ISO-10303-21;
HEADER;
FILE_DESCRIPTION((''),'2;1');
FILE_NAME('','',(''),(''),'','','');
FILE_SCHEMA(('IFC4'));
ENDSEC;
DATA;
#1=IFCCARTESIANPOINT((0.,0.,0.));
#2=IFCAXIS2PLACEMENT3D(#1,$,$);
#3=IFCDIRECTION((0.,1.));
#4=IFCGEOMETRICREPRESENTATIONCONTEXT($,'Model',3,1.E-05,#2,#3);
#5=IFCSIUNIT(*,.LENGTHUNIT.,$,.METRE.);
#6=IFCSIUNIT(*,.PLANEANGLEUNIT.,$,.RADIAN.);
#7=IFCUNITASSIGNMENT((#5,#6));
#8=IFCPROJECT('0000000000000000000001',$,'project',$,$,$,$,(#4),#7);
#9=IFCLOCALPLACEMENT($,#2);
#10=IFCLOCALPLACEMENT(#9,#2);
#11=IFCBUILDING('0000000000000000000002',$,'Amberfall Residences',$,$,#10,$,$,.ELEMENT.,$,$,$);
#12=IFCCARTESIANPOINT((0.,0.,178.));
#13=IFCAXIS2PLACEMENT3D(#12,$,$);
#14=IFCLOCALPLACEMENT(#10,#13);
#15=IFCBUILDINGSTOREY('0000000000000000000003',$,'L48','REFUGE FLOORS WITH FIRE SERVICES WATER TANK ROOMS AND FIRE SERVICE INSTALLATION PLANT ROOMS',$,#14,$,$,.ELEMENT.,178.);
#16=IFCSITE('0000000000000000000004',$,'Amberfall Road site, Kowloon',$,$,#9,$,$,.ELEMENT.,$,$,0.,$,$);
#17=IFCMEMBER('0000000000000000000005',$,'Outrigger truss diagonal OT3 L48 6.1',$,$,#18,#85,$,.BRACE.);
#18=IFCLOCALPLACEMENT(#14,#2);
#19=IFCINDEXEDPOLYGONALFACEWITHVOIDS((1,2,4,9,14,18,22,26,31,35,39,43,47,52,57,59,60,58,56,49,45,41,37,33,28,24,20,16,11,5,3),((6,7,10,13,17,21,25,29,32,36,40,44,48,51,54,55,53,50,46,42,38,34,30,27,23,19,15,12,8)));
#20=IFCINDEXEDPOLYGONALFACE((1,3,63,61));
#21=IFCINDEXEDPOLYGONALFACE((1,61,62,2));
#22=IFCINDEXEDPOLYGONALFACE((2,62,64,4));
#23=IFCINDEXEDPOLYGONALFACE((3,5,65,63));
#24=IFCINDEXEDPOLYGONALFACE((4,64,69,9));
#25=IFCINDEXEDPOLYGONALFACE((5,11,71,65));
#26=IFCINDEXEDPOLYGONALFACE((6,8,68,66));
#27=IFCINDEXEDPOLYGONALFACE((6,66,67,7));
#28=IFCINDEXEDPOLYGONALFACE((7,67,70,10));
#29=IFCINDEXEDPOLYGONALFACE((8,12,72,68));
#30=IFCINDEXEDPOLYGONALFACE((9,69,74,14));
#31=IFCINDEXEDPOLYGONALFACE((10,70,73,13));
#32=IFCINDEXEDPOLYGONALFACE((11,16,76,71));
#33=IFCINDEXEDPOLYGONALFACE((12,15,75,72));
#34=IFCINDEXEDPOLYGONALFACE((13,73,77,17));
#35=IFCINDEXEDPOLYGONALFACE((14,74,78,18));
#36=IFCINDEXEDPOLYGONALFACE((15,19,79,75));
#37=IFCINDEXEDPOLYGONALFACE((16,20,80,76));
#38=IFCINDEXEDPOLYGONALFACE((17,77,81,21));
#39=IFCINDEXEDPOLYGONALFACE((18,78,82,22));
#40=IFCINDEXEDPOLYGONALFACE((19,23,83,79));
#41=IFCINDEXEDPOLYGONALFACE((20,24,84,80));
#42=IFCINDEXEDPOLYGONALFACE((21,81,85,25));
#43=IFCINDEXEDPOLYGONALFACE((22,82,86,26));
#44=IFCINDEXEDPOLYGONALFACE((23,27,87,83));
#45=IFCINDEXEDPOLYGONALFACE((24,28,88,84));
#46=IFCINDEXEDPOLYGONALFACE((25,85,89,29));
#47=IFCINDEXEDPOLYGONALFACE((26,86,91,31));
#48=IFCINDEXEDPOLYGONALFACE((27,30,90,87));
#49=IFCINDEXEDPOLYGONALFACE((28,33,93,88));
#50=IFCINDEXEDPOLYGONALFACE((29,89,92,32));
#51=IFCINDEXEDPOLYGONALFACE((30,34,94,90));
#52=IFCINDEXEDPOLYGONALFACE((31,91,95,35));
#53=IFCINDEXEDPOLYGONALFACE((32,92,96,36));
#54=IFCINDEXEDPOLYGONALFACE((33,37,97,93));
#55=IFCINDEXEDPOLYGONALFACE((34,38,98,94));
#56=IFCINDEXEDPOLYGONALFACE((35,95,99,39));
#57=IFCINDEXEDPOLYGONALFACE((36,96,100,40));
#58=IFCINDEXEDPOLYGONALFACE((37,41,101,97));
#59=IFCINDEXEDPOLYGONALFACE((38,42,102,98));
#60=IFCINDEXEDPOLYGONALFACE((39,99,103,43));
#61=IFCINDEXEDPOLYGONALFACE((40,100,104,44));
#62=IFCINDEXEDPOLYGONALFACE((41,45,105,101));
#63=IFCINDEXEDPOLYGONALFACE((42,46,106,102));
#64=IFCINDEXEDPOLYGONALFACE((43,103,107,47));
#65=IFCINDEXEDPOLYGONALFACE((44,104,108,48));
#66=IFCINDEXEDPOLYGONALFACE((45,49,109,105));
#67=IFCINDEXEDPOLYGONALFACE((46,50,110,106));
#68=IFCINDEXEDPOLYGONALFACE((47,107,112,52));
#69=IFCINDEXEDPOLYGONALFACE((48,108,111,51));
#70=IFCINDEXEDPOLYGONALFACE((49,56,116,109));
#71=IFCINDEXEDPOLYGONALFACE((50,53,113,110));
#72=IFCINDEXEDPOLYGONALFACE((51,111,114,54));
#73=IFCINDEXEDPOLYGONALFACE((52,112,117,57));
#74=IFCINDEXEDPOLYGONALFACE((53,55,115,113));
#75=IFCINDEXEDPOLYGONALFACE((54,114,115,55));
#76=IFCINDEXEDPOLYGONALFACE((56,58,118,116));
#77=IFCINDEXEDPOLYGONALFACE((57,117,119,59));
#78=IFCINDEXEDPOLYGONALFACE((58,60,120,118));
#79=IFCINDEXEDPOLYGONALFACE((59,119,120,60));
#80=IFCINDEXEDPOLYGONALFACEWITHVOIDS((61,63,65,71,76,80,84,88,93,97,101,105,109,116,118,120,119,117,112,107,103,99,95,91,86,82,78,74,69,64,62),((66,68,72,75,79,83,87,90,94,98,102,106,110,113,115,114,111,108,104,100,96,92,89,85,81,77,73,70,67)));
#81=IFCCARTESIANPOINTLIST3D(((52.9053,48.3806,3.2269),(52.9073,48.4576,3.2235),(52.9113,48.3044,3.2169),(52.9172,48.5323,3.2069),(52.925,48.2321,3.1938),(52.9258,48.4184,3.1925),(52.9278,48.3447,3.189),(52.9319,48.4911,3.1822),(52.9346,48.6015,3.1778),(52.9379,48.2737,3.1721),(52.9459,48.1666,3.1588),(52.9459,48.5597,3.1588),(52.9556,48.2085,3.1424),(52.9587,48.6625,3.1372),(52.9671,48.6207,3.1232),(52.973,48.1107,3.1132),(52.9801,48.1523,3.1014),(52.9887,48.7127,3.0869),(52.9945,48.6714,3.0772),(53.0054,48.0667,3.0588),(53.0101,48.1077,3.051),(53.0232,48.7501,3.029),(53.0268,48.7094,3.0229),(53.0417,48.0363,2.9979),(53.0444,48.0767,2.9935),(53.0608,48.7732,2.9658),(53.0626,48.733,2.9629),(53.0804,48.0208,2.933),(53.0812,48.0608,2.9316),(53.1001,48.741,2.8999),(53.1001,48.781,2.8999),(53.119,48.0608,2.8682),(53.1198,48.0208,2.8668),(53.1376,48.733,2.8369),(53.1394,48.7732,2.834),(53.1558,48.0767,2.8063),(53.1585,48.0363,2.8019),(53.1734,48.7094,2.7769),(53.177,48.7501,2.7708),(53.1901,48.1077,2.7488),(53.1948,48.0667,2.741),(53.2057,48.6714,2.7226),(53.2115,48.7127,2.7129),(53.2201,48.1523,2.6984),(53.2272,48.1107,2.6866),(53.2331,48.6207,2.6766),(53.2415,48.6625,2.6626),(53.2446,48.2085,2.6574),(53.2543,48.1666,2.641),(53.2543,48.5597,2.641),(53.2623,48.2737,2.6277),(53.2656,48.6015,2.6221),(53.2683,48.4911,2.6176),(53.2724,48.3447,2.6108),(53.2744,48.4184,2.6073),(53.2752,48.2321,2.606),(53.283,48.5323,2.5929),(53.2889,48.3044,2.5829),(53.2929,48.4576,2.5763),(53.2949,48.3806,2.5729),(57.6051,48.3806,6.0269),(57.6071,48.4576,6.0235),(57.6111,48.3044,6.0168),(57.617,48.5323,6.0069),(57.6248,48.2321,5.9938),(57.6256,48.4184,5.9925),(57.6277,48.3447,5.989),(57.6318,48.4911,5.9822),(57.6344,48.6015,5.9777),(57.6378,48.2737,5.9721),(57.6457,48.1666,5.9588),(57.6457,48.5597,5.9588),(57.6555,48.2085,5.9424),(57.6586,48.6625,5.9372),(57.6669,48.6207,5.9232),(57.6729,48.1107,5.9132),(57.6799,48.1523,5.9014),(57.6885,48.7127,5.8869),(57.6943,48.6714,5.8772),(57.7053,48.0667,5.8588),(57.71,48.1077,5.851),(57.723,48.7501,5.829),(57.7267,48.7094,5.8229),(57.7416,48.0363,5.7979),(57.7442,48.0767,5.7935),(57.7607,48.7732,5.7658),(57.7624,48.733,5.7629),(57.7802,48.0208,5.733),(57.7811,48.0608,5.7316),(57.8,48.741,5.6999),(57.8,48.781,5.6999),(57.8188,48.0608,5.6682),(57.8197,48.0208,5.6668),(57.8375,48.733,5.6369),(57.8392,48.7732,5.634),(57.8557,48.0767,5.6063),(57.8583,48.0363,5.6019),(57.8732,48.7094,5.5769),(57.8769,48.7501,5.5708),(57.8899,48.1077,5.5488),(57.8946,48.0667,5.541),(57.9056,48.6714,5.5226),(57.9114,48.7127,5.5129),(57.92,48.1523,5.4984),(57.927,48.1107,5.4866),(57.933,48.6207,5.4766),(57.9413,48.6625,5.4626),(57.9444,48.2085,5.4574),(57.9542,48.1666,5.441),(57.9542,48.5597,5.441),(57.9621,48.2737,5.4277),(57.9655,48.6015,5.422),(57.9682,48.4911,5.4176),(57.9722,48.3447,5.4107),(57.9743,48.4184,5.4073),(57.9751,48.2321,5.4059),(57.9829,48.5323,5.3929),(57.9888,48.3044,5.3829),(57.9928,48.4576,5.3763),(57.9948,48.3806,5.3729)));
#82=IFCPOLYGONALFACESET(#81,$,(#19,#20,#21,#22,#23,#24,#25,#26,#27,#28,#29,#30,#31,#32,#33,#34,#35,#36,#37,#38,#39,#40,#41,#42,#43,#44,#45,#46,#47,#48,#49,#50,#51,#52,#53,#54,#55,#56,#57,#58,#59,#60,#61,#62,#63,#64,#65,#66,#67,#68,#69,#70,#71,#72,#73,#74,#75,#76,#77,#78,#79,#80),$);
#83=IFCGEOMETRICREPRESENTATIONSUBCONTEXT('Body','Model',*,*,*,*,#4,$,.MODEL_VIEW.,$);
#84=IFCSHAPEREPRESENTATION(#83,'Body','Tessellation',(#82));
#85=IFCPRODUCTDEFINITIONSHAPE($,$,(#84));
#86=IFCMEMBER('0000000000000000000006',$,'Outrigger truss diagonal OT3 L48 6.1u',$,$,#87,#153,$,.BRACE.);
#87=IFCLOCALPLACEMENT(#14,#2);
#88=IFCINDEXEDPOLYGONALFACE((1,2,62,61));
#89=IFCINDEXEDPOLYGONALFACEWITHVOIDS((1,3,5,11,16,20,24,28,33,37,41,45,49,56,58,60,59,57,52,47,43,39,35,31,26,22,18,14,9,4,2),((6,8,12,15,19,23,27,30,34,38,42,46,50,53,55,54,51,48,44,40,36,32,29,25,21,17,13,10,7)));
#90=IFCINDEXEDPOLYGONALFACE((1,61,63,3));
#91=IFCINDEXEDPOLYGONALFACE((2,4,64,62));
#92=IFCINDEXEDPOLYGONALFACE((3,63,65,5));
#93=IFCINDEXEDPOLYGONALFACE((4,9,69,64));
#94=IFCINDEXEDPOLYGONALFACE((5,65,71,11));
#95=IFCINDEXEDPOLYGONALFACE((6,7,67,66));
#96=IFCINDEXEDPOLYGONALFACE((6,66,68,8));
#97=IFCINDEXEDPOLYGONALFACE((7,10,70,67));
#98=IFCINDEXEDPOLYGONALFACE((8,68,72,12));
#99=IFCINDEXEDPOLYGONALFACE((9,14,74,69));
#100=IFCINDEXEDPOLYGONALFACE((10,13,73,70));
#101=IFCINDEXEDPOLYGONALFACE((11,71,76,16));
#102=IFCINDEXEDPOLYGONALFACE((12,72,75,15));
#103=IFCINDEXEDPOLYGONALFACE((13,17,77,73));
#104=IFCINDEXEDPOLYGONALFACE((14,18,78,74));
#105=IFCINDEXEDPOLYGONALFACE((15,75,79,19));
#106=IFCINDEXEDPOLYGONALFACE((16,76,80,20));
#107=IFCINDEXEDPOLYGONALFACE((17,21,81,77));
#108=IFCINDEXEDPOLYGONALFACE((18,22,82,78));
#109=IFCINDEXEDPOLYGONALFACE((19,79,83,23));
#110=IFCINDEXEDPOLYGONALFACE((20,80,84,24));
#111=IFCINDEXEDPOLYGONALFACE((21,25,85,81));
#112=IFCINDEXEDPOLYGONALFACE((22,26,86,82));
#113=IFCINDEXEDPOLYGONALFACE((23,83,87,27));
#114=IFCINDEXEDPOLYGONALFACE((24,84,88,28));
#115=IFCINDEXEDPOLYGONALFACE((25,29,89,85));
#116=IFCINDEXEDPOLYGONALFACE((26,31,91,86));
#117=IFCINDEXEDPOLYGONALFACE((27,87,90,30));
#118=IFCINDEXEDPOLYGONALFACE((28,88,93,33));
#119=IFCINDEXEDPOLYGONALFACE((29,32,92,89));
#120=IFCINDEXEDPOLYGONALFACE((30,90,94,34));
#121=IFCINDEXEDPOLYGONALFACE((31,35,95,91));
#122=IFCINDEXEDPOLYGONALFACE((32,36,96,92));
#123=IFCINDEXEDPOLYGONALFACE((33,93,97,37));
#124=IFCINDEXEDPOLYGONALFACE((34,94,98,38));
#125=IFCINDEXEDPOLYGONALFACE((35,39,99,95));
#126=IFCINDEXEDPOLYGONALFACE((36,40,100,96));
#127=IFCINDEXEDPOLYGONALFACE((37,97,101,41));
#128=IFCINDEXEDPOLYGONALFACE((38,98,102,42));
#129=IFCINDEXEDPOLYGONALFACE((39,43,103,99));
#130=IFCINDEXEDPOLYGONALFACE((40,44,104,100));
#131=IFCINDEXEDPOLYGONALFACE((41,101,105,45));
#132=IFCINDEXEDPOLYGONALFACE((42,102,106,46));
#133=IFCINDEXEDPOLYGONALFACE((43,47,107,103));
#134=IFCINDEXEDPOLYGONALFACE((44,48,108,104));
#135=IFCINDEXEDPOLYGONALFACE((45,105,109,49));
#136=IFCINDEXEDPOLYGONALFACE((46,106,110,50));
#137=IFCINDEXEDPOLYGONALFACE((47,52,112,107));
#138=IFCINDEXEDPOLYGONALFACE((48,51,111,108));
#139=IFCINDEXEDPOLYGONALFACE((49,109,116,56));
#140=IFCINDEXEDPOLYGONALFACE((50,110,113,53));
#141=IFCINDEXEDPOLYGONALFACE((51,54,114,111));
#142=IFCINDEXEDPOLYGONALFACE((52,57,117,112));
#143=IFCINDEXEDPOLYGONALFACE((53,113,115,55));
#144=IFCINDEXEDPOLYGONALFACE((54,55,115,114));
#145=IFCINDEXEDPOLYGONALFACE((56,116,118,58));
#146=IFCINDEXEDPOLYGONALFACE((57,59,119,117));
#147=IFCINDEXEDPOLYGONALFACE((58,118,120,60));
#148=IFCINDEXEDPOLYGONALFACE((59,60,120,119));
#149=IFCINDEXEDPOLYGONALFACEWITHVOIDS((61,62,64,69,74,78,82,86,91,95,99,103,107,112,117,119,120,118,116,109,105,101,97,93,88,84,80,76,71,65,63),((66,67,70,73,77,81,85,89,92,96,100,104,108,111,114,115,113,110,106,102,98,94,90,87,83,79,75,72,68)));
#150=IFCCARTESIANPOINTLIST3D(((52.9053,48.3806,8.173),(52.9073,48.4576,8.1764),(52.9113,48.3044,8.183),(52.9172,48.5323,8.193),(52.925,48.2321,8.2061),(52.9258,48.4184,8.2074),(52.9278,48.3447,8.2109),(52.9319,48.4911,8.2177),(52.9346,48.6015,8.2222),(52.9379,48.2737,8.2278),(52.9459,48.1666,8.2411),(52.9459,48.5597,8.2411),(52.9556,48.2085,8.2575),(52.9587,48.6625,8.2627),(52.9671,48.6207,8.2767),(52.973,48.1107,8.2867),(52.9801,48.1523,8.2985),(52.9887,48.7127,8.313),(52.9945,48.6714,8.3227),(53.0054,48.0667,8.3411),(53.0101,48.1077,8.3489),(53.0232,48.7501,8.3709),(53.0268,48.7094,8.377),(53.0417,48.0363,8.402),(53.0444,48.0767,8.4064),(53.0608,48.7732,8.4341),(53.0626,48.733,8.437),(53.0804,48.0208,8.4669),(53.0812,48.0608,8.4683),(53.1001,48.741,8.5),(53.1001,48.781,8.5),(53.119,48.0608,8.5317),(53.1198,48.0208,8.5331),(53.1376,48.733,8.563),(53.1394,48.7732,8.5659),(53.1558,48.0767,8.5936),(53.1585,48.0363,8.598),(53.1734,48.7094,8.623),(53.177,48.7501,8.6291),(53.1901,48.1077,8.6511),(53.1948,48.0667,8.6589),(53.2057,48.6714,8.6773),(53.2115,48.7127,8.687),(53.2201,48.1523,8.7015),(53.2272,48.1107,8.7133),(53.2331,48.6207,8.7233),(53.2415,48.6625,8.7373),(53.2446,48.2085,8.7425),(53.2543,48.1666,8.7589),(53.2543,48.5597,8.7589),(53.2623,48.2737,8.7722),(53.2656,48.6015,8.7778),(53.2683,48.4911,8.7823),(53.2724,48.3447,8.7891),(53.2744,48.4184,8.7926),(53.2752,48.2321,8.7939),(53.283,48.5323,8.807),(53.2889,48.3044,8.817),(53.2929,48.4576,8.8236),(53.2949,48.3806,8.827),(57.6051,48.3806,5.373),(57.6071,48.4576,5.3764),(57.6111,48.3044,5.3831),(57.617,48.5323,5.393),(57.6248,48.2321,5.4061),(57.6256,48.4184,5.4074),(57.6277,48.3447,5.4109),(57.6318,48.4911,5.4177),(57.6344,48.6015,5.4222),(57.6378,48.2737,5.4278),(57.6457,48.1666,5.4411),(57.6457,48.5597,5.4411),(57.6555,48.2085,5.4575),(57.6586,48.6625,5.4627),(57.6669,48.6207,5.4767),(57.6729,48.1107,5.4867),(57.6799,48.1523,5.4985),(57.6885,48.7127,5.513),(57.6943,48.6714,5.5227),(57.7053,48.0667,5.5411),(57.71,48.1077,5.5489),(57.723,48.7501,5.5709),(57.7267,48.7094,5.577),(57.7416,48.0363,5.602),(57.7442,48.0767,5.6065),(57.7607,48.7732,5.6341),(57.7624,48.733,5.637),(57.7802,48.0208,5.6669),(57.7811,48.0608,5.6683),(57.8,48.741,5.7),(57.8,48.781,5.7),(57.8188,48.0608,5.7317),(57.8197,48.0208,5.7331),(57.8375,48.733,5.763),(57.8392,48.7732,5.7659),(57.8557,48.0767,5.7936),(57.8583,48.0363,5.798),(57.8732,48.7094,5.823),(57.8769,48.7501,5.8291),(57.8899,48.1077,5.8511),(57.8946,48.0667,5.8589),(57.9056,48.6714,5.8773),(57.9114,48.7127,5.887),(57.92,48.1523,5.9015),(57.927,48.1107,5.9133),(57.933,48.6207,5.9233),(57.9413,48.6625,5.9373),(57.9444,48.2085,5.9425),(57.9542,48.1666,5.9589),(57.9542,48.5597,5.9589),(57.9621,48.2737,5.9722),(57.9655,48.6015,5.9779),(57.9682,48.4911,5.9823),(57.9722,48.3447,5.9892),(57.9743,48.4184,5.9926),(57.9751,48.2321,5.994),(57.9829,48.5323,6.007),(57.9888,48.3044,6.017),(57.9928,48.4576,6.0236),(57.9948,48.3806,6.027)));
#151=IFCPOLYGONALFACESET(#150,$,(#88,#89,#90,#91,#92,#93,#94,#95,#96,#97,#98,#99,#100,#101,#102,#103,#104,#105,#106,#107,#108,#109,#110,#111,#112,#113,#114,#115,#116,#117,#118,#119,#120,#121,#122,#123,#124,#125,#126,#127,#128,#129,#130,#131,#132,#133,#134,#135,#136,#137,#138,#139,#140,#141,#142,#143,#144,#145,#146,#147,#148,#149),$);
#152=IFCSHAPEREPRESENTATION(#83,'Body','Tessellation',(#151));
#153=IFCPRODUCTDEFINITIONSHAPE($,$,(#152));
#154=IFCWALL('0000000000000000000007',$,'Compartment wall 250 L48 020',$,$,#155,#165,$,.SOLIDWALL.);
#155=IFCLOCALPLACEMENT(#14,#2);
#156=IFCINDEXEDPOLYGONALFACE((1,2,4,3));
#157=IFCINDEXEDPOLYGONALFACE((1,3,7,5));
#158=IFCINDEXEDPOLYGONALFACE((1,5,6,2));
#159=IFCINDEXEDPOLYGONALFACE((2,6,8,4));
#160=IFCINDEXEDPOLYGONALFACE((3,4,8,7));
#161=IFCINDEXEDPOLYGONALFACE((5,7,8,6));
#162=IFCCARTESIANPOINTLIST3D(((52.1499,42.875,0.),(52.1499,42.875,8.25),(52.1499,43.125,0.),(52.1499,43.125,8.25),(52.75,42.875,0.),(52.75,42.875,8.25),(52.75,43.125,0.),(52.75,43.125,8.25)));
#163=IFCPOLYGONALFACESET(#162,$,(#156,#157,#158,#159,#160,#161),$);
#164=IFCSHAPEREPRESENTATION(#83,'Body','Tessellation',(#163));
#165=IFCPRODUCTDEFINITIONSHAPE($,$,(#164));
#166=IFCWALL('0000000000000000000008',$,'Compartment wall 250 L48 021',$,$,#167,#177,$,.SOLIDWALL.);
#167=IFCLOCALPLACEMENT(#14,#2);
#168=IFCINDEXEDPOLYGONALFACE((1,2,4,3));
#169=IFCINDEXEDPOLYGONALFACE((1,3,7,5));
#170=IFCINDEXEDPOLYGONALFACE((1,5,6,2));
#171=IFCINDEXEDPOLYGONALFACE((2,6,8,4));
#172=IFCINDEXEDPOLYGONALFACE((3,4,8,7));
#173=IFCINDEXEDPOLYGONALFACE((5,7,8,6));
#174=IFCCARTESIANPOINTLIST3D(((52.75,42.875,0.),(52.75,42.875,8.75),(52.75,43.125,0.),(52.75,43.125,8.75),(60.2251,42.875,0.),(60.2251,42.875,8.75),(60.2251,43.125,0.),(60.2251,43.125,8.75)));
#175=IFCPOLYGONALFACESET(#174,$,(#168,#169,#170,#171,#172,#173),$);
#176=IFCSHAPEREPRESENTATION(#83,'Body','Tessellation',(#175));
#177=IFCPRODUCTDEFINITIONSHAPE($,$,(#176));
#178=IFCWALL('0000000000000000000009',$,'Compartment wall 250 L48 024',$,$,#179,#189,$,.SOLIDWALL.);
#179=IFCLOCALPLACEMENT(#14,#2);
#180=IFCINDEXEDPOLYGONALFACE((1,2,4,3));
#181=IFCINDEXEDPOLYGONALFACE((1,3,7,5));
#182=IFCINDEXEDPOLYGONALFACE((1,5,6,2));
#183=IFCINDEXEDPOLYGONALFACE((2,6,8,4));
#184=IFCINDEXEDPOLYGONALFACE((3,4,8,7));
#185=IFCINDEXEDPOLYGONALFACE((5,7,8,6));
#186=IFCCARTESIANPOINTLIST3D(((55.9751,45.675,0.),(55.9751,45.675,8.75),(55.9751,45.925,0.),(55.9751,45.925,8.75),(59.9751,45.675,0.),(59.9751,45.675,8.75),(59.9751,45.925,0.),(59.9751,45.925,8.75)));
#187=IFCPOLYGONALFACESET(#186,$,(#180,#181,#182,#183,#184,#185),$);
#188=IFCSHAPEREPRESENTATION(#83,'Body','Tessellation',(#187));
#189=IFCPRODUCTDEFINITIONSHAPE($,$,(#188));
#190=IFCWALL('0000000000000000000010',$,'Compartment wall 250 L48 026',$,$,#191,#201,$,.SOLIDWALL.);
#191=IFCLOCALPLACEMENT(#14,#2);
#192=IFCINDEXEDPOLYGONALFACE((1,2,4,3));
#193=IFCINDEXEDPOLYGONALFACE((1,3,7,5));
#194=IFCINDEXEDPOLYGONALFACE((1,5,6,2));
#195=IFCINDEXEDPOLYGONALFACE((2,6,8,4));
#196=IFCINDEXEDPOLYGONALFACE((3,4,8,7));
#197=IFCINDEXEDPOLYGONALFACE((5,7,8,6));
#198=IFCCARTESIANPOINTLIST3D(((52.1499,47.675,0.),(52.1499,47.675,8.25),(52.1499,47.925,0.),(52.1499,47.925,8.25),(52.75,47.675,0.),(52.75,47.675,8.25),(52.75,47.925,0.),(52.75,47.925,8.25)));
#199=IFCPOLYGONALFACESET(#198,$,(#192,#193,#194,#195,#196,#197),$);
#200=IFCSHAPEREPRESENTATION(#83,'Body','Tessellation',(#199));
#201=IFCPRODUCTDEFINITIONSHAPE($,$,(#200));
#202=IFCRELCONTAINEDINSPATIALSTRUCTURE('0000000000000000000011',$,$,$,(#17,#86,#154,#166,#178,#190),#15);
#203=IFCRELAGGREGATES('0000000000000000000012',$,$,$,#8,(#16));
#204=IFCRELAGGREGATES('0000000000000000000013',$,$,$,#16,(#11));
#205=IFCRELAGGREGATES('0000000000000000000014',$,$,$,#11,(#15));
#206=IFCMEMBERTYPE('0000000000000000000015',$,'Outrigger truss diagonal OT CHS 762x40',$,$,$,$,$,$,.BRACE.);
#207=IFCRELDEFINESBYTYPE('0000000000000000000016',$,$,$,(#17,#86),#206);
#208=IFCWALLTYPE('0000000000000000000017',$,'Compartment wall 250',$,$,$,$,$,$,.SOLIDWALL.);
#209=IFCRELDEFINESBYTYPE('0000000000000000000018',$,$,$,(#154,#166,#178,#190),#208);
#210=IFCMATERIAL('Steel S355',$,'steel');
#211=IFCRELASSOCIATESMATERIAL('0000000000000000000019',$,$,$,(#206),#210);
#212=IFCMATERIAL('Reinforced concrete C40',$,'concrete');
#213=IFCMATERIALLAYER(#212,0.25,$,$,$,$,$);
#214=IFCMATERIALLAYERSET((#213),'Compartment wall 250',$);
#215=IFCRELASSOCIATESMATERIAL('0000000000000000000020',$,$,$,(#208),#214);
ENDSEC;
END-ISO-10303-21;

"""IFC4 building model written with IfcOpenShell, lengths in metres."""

from ifc_helpers import new_model, si_unit, direction, frame, frame_2d, origin, origin_2d, place, context, subcontext, project, spatial, rectangle, hollow_circle, extrude, material, layer, layer_set, material_profile, profile_set, type_object, element, save


model = new_model("IFC4")

# Units and contexts
model_context = context("Model", 3, precision=1e-05, world=origin(), true_north=direction((0.0, 1.0)))
body_context = subcontext(model_context, "Body", "Model", "MODEL_VIEW")
ifc_project = project(units=[si_unit("LENGTHUNIT", "METRE"), si_unit("PLANEANGLEUNIT", "RADIAN")], contexts=[model_context])

# Site, building, storey
site_placement = place(None, origin())
site = spatial("IfcSite", under=ifc_project, at=site_placement, Name="Amberfall Road site, Kowloon", CompositionType="ELEMENT", RefElevation=0.0)
building_placement = place(site_placement, origin())
building = spatial("IfcBuilding", under=site, at=building_placement, Name="Amberfall Residences", CompositionType="ELEMENT")
storey_placement = place(building_placement, frame((0.0, 0.0, 178.0)))
storey = spatial("IfcBuildingStorey", under=building, at=storey_placement, Name="L48", Description="REFUGE FLOORS WITH FIRE SERVICES WATER TANK ROOMS AND FIRE SERVICE INSTALLATION PLANT ROOMS", CompositionType="ELEMENT", Elevation=178.0)

# Shared definitions
ifc_material_1 = material(Name="Steel S355", Category="steel")

# Members
ifc_material_profile_1 = material_profile(ifc_material_1, hollow_circle(Radius=0.3811, WallThickness=0.04, at=origin_2d()), Name="CHS 762x40")
ifc_profile_set_1 = profile_set([ifc_material_profile_1], Name="Steel S355")
member_type_1 = type_object("IfcMemberType", Name="Outrigger truss diagonal OT CHS 762x40", PredefinedType="BRACE", material=ifc_profile_set_1)
for number, where, z_axis, x_axis, name in (
    (1, (53.1001, 48.3999, 2.8999), (0.859095, 0.0, 0.511816), (0.0, 1.0, 0.0), "Outrigger truss diagonal OT3 L48 6.1"),
    (2, (53.1001, 48.3999, 8.5), (0.859095, 0.0, -0.511816), (0.0, 1.0, 0.0), "Outrigger truss diagonal OT3 L48 6.1u"),
):
    element("IfcMember", number, at=place(storey_placement, frame(where, z_axis=z_axis, x_axis=x_axis)), inside=storey, type_object=member_type_1, Name=name, PredefinedType="BRACE", context=body_context, shape_type="SweptSolid", body=[
        extrude(hollow_circle(Radius=0.3811, WallThickness=0.04, at=origin_2d()), origin(), (0.0, 0.0, 1.0), 5.4707),
    ])

# Walls
ifc_material_2 = material(Name="Reinforced concrete C40", Category="concrete")
ifc_layer = layer(ifc_material_2, 0.25)
ifc_layer_set = layer_set([ifc_layer], Name="Compartment wall 250")
wall_type = type_object("IfcWallType", Name="Compartment wall 250", PredefinedType="SOLIDWALL", material=ifc_layer_set)
wall_1_placement = place(storey_placement, frame((52.1499, 43.0, 0.0), z_axis=(0.0, 0.0, 1.0), x_axis=(1.0, 0.0, 0.0)))
element("IfcWall", 3, at=wall_1_placement, inside=storey, type_object=wall_type, Name="Compartment wall 250 L48 020", PredefinedType="SOLIDWALL", context=body_context, shape_type="SweptSolid", body=[
    extrude(rectangle(XDim=0.6001, YDim=0.25, at=frame_2d((0.3, 0.0))), origin(), (0.0, 0.0, 1.0), 8.25),
])
wall_2_placement = place(storey_placement, frame((52.75, 43.0, 0.0), z_axis=(0.0, 0.0, 1.0), x_axis=(1.0, 0.0, 0.0)))
element("IfcWall", 4, at=wall_2_placement, inside=storey, type_object=wall_type, Name="Compartment wall 250 L48 021", PredefinedType="SOLIDWALL", context=body_context, shape_type="SweptSolid", body=[
    extrude(rectangle(XDim=7.4751, YDim=0.25, at=frame_2d((3.7375, 0.0))), origin(), (0.0, 0.0, 1.0), 8.75),
])
wall_3_placement = place(storey_placement, frame((55.9751, 45.8, 0.0), z_axis=(0.0, 0.0, 1.0), x_axis=(1.0, 0.0, 0.0)))
element("IfcWall", 5, at=wall_3_placement, inside=storey, type_object=wall_type, Name="Compartment wall 250 L48 024", PredefinedType="SOLIDWALL", context=body_context, shape_type="SweptSolid", body=[
    extrude(rectangle(XDim=4.0, YDim=0.25, at=frame_2d((2.0, 0.0))), origin(), (0.0, 0.0, 1.0), 8.75),
])
wall_4_placement = place(storey_placement, frame((52.1499, 47.8, 0.0), z_axis=(0.0, 0.0, 1.0), x_axis=(1.0, 0.0, 0.0)))
element("IfcWall", 6, at=wall_4_placement, inside=storey, type_object=wall_type, Name="Compartment wall 250 L48 026", PredefinedType="SOLIDWALL", context=body_context, shape_type="SweptSolid", body=[
    extrude(rectangle(XDim=0.6001, YDim=0.25, at=frame_2d((0.3, 0.0))), origin(), (0.0, 0.0, 1.0), 8.25),
])

save(model, "model.ifc")
